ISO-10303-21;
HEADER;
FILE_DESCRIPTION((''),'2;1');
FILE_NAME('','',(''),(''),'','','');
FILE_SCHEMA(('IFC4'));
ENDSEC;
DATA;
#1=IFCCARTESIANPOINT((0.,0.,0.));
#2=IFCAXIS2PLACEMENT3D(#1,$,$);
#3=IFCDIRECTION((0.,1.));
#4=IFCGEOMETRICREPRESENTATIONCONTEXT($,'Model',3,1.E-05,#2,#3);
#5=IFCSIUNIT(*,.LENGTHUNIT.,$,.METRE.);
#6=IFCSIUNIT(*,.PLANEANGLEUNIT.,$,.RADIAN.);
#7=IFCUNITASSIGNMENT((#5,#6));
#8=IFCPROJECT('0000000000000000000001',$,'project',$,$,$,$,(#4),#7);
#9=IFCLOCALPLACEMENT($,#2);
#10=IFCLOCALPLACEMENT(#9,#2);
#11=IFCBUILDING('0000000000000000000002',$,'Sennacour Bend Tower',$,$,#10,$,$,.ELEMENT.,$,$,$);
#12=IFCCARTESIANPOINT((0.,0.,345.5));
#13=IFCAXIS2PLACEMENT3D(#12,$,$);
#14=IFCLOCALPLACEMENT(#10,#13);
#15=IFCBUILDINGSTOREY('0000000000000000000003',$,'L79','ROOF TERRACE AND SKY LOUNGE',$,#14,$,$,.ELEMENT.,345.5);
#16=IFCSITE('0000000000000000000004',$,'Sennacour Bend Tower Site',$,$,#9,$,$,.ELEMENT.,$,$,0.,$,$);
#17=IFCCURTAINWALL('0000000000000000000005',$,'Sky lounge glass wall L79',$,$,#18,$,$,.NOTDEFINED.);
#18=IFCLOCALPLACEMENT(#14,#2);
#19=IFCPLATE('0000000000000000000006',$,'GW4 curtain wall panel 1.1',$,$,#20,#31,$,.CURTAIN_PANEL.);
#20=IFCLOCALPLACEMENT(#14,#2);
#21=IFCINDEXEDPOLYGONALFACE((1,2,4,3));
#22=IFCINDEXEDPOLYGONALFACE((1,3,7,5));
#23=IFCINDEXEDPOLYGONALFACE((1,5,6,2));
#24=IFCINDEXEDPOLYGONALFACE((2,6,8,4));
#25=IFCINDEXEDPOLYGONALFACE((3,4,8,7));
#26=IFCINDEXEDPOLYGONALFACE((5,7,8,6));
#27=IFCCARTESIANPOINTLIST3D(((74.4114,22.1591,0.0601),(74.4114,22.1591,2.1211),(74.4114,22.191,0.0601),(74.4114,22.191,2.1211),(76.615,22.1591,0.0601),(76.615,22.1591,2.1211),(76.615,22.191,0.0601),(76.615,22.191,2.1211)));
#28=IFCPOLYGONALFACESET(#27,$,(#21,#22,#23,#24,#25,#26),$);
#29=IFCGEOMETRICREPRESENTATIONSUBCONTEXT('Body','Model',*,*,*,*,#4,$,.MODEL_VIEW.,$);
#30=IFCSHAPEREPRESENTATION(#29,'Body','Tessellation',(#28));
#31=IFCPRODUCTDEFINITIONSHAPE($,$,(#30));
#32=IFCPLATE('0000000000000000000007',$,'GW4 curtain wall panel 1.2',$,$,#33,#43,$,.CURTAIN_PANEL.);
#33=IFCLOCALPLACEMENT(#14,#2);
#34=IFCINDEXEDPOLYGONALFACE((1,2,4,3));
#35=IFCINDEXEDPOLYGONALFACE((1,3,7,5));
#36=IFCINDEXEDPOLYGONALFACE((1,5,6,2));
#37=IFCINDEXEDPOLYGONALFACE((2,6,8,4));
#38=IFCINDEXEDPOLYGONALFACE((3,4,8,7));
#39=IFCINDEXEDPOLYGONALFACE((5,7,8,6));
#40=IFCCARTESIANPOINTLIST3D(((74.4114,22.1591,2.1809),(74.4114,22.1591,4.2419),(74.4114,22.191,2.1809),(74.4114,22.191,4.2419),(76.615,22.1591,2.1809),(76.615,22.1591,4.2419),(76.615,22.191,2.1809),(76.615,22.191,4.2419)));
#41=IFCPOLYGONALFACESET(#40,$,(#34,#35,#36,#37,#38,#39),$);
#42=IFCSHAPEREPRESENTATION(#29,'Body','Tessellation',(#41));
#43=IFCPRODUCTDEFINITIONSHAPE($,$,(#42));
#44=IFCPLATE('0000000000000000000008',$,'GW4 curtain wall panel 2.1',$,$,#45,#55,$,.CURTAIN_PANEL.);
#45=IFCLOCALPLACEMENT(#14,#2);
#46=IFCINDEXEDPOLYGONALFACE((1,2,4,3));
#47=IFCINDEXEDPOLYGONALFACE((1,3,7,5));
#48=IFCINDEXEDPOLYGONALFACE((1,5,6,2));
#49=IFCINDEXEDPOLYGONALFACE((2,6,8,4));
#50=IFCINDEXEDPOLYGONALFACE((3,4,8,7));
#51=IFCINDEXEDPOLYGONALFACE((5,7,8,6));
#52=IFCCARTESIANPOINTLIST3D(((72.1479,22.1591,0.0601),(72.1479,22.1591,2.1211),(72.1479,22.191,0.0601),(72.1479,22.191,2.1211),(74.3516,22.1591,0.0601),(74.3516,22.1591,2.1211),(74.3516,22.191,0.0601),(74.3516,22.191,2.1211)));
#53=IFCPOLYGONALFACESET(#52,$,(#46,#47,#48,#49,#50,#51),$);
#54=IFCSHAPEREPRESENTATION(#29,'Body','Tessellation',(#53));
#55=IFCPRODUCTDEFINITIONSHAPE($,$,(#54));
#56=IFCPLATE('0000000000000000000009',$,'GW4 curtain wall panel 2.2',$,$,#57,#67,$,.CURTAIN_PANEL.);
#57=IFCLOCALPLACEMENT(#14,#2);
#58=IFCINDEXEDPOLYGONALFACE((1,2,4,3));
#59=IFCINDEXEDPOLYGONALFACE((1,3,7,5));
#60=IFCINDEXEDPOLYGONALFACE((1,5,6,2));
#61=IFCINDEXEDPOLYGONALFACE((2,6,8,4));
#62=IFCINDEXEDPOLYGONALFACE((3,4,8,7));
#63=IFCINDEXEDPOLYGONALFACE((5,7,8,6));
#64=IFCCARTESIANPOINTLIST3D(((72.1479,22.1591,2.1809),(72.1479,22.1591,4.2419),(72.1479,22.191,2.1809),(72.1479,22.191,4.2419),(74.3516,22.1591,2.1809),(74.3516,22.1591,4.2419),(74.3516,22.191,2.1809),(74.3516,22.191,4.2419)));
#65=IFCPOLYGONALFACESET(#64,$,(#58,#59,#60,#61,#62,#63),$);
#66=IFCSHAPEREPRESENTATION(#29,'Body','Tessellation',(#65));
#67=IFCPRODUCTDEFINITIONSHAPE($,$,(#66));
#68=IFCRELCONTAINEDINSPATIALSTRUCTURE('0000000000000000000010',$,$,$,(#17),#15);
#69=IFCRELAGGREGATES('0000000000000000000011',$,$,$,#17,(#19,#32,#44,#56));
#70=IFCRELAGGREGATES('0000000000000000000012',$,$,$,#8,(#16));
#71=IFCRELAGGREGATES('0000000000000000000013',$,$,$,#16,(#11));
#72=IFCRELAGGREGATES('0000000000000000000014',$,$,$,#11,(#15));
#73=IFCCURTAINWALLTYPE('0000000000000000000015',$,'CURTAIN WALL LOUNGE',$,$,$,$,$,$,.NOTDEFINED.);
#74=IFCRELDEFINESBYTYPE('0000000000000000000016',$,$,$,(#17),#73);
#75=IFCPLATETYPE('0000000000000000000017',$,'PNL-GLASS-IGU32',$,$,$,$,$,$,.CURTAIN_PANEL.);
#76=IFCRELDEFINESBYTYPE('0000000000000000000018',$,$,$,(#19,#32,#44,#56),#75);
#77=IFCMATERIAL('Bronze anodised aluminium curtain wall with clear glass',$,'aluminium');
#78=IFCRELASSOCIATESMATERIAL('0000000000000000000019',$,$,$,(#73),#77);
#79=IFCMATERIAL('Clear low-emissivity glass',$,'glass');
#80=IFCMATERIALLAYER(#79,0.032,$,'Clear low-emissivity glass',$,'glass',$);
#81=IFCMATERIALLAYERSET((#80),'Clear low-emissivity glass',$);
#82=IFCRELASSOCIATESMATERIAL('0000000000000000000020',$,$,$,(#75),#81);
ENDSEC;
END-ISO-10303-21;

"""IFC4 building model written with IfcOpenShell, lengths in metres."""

from ifc_helpers import new_model, si_unit, direction, frame, origin, origin_2d, place, context, subcontext, project, spatial, rectangle, extrude, material, layer, layer_set, type_object, element, aggregate, save


model = new_model("IFC4")

# Units and contexts
model_context = context("Model", 3, precision=1e-05, world=origin(), true_north=direction((0.0, 1.0)))
body_context = subcontext(model_context, "Body", "Model", "MODEL_VIEW")
ifc_project = project(units=[si_unit("LENGTHUNIT", "METRE"), si_unit("PLANEANGLEUNIT", "RADIAN")], contexts=[model_context])

# Site, building, storey
site_placement = place(None, origin())
site = spatial("IfcSite", under=ifc_project, at=site_placement, Name="Sennacour Bend Tower Site", CompositionType="ELEMENT", RefElevation=0.0)
building_placement = place(site_placement, origin())
building = spatial("IfcBuilding", under=site, at=building_placement, Name="Sennacour Bend Tower", CompositionType="ELEMENT")
storey_placement = place(building_placement, frame((0.0, 0.0, 345.5)))
storey = spatial("IfcBuildingStorey", under=building, at=storey_placement, Name="L79", Description="ROOF TERRACE AND SKY LOUNGE", CompositionType="ELEMENT", Elevation=345.5)

# Curtain wall
ifc_material_1 = material(Name="Bronze anodised aluminium curtain wall with clear glass", Category="aluminium")
curtain_wall_type = type_object("IfcCurtainWallType", Name="CURTAIN WALL LOUNGE", PredefinedType="NOTDEFINED", material=ifc_material_1)
curtain_wall_1_placement = place(storey_placement, origin())
curtain_wall_1 = element("IfcCurtainWall", 1, at=curtain_wall_1_placement, inside=storey, type_object=curtain_wall_type, Name="Sky lounge glass wall L79", PredefinedType="NOTDEFINED")

# Plates
ifc_material_2 = material(Name="Clear low-emissivity glass", Category="glass")
ifc_layer = layer(ifc_material_2, 0.032, Name="Clear low-emissivity glass", Category="glass")
ifc_layer_set = layer_set([ifc_layer], Name="Clear low-emissivity glass")
plate_type = type_object("IfcPlateType", Name="PNL-GLASS-IGU32", PredefinedType="CURTAIN_PANEL", material=ifc_layer_set)
plate_1_placement = place(storey_placement, frame((75.5132, 22.175, 0.0601), z_axis=(0.0, 0.0, 1.0), x_axis=(-1.0, 0.0, 0.0)))
plate_1 = element("IfcPlate", 2, at=plate_1_placement, type_object=plate_type, Name="GW4 curtain wall panel 1.1", PredefinedType="CURTAIN_PANEL", context=body_context, shape_type="SweptSolid", body=[
    extrude(rectangle(XDim=2.2036, YDim=0.032, at=origin_2d()), origin(), (0.0, 0.0, 1.0), 2.061),
])
plate_2_placement = place(storey_placement, frame((75.5132, 22.175, 2.1809), z_axis=(0.0, 0.0, 1.0), x_axis=(-1.0, 0.0, 0.0)))
plate_2 = element("IfcPlate", 3, at=plate_2_placement, type_object=plate_type, Name="GW4 curtain wall panel 1.2", PredefinedType="CURTAIN_PANEL", context=body_context, shape_type="SweptSolid", body=[
    extrude(rectangle(XDim=2.2036, YDim=0.032, at=origin_2d()), origin(), (0.0, 0.0, 1.0), 2.061),
])
plate_3_placement = place(storey_placement, frame((73.2498, 22.175, 0.0601), z_axis=(0.0, 0.0, 1.0), x_axis=(-1.0, 0.0, 0.0)))
plate_3 = element("IfcPlate", 4, at=plate_3_placement, type_object=plate_type, Name="GW4 curtain wall panel 2.1", PredefinedType="CURTAIN_PANEL", context=body_context, shape_type="SweptSolid", body=[
    extrude(rectangle(XDim=2.2036, YDim=0.032, at=origin_2d()), origin(), (0.0, 0.0, 1.0), 2.061),
])
plate_4_placement = place(storey_placement, frame((73.2498, 22.175, 2.1809), z_axis=(0.0, 0.0, 1.0), x_axis=(-1.0, 0.0, 0.0)))
plate_4 = element("IfcPlate", 5, at=plate_4_placement, type_object=plate_type, Name="GW4 curtain wall panel 2.2", PredefinedType="CURTAIN_PANEL", context=body_context, shape_type="SweptSolid", body=[
    extrude(rectangle(XDim=2.2036, YDim=0.032, at=origin_2d()), origin(), (0.0, 0.0, 1.0), 2.061),
])
aggregate(curtain_wall_1, [plate_1, plate_2, plate_3, plate_4])

save(model, "model.ifc")
